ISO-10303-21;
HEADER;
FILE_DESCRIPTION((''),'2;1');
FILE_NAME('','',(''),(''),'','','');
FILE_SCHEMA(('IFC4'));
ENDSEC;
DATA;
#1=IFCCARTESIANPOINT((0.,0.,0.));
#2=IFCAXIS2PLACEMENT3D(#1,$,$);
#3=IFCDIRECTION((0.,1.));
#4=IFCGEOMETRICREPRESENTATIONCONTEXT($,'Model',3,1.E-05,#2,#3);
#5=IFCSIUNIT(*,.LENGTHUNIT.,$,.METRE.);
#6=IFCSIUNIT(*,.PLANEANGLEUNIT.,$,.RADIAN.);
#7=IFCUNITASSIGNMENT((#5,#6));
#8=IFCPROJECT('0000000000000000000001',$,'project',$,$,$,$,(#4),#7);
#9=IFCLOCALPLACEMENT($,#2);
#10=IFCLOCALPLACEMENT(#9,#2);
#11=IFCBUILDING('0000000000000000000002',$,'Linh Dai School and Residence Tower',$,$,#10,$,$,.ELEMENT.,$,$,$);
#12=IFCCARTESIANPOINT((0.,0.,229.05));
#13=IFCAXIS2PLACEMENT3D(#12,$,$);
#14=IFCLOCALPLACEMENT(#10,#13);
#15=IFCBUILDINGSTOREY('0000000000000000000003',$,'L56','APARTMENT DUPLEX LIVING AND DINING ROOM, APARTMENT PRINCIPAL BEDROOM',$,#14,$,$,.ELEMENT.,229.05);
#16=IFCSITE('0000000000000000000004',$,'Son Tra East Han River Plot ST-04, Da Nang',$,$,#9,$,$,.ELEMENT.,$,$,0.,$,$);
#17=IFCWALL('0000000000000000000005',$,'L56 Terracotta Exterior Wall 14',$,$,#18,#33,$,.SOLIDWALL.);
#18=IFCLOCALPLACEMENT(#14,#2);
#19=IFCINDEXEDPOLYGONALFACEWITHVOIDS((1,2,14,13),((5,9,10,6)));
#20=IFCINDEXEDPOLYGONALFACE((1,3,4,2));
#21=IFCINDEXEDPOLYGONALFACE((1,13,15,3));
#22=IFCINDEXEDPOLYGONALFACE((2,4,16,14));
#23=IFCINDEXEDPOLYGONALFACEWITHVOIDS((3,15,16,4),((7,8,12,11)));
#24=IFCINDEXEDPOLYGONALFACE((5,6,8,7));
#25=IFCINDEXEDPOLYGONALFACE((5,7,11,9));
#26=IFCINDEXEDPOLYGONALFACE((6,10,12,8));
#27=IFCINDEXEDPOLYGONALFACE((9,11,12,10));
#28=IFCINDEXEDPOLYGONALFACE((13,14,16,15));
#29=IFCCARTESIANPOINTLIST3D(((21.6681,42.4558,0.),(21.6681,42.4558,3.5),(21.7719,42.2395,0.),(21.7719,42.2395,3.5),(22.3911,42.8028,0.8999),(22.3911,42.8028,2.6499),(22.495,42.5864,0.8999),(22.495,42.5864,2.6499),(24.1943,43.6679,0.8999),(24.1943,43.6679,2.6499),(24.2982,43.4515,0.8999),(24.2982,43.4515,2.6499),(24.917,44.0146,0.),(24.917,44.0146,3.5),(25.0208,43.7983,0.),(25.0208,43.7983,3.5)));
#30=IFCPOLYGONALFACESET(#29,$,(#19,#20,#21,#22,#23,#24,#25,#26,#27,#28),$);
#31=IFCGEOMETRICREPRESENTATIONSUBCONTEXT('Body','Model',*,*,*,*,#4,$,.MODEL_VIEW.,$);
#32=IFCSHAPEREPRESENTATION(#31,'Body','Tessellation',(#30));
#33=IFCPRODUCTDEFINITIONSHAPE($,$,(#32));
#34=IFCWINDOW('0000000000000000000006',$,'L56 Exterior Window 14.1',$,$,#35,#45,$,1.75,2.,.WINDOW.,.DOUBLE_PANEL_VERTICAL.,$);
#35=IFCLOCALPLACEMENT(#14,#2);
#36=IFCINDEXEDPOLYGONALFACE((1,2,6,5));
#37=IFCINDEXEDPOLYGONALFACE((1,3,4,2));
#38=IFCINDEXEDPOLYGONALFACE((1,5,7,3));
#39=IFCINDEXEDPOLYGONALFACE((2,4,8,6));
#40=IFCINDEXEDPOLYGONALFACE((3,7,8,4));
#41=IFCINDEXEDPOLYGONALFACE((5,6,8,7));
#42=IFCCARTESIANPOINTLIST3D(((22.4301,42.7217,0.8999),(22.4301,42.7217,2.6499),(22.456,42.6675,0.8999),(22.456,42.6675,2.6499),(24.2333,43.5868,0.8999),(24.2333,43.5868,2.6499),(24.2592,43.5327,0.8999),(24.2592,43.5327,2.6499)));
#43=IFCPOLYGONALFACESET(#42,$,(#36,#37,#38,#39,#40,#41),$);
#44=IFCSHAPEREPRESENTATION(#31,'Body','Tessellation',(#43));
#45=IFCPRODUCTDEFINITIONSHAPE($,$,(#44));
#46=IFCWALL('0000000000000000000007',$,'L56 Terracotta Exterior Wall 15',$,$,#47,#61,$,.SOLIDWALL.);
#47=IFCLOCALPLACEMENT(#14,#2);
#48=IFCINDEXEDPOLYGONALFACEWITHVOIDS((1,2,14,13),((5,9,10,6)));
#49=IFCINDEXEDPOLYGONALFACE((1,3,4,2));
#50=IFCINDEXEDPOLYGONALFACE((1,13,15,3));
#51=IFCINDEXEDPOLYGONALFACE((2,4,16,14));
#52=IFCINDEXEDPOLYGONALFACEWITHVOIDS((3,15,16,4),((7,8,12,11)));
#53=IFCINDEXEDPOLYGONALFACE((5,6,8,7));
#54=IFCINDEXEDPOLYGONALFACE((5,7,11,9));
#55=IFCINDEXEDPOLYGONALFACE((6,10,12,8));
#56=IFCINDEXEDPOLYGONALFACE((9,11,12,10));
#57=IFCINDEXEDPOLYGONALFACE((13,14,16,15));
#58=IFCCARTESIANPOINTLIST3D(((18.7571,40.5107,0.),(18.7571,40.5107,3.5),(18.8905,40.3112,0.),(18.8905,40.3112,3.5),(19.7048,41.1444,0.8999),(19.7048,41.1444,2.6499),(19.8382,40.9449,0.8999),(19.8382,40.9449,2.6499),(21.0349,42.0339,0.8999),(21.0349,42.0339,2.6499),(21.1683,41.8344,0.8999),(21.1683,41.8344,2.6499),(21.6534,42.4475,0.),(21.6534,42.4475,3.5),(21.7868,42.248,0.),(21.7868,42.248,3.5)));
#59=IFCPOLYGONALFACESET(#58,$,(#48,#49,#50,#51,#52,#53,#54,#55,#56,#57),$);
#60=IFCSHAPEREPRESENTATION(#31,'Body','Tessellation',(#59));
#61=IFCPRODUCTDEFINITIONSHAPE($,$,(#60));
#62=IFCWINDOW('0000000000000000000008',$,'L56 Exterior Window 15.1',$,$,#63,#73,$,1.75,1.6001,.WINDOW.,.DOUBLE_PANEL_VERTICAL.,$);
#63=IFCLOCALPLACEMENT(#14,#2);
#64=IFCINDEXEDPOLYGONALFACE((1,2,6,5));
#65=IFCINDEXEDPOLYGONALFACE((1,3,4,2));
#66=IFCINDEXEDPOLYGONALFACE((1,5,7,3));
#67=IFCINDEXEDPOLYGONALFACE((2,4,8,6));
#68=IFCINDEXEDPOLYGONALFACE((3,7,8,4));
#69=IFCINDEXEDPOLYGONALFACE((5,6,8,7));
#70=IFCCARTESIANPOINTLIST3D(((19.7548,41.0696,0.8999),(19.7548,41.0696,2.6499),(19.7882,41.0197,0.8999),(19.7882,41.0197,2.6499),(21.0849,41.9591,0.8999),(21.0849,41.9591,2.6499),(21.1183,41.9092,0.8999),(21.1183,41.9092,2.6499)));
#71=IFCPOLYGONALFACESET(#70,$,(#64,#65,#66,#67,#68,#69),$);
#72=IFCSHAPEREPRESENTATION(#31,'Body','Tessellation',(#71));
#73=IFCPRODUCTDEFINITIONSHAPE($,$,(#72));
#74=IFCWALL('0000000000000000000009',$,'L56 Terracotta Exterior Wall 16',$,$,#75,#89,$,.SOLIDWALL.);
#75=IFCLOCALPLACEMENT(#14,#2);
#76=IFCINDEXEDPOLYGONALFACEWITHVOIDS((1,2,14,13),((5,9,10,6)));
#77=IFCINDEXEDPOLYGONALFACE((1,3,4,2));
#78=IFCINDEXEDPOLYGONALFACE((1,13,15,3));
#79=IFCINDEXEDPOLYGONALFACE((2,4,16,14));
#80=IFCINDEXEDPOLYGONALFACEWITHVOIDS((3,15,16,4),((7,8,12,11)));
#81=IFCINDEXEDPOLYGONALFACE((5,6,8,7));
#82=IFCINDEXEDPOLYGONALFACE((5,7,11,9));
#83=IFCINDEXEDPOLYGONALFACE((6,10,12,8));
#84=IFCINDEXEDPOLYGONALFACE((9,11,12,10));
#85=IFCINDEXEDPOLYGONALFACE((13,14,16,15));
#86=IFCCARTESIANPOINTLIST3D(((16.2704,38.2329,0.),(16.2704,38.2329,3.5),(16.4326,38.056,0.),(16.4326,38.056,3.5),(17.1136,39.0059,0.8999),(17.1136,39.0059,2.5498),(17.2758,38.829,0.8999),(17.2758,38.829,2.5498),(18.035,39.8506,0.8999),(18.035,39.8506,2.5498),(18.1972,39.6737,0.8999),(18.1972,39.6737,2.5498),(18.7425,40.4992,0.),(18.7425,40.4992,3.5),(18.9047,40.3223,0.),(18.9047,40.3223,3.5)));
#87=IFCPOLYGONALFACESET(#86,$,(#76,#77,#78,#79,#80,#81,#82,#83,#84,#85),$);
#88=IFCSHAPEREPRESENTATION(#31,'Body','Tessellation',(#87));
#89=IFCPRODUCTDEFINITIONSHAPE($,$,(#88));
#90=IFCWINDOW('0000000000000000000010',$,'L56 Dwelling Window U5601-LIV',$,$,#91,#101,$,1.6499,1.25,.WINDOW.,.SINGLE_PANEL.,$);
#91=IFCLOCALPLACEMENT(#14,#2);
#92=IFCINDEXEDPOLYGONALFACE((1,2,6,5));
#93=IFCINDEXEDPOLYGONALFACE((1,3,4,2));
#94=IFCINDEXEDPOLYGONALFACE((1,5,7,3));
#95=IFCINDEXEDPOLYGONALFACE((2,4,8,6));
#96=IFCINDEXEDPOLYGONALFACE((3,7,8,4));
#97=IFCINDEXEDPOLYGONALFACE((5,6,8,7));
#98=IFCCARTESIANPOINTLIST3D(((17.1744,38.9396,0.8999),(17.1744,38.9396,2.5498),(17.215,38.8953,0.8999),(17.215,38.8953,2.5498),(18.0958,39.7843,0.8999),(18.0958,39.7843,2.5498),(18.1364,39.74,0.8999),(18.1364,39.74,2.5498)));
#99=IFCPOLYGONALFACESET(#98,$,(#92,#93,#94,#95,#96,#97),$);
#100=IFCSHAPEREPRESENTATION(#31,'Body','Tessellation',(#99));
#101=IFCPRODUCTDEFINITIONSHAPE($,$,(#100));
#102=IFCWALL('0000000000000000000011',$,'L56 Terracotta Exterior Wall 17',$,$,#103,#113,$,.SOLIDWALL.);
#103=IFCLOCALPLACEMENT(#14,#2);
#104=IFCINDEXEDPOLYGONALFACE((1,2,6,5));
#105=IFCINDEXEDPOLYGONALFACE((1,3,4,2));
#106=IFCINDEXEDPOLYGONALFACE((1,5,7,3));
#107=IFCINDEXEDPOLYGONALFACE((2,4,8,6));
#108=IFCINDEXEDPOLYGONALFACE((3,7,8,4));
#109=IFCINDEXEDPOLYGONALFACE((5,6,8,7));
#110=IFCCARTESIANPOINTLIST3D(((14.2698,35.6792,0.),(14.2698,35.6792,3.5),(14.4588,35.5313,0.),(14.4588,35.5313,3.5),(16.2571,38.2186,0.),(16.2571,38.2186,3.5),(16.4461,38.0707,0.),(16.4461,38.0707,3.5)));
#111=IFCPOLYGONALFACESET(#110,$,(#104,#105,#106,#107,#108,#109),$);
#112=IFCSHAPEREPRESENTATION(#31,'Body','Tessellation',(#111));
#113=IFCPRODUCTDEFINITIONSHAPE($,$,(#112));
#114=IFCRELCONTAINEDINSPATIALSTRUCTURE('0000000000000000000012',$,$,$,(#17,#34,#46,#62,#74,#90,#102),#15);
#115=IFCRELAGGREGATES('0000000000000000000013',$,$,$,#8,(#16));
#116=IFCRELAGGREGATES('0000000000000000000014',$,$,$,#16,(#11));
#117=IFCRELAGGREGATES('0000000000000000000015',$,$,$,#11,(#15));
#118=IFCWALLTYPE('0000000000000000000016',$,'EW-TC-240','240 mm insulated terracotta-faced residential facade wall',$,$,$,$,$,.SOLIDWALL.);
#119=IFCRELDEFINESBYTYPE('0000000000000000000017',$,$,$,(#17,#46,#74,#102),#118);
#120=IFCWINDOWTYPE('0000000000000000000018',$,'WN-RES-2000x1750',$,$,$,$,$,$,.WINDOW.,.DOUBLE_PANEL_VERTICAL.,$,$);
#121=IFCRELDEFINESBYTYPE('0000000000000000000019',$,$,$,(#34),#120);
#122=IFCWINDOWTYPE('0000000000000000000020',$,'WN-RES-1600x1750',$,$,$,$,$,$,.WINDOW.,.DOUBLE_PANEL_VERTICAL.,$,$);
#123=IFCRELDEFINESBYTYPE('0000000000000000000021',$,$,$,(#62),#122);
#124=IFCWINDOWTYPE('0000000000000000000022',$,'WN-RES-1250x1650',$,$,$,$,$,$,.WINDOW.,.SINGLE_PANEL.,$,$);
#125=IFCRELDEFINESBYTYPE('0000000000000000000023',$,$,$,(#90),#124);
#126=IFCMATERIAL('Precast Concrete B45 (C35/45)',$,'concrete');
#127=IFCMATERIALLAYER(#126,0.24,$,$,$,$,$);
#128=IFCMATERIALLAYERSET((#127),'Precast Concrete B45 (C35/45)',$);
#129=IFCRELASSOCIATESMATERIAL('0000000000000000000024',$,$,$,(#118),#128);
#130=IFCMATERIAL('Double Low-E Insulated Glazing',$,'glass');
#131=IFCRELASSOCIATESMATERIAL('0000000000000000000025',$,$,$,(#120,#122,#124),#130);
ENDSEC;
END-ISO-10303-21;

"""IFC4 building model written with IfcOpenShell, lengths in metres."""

from ifc_helpers import new_model, si_unit, direction, frame, frame_2d, origin, origin_2d, place, context, subcontext, project, spatial, rectangle, extrude, source, transform, mapped, material, layer, layer_set, type_object, element, fill, save


model = new_model("IFC4")

# Units and contexts
model_context = context("Model", 3, precision=1e-05, world=origin(), true_north=direction((0.0, 1.0)))
body_context = subcontext(model_context, "Body", "Model", "MODEL_VIEW")
ifc_project = project(units=[si_unit("LENGTHUNIT", "METRE"), si_unit("PLANEANGLEUNIT", "RADIAN")], contexts=[model_context])

# Site, building, storey
site_placement = place(None, origin())
site = spatial("IfcSite", under=ifc_project, at=site_placement, Name="Son Tra East Han River Plot ST-04, Da Nang", CompositionType="ELEMENT", RefElevation=0.0)
building_placement = place(site_placement, origin())
building = spatial("IfcBuilding", under=site, at=building_placement, Name="Linh Dai School and Residence Tower", CompositionType="ELEMENT")
storey_placement = place(building_placement, frame((0.0, 0.0, 229.05)))
storey = spatial("IfcBuildingStorey", under=building, at=storey_placement, Name="L56", Description="APARTMENT DUPLEX LIVING AND DINING ROOM, APARTMENT PRINCIPAL BEDROOM", CompositionType="ELEMENT", Elevation=229.05)

# Shared definitions
ifc_material_1 = material(Name="Precast Concrete B45 (C35/45)", Category="concrete")

# Shared definitions
ifc_layer_1 = layer(ifc_material_1, 0.24)
ifc_layer_set_1 = layer_set([ifc_layer_1], Name="Precast Concrete B45 (C35/45)")
wall_type_1 = type_object("IfcWallType", Name="EW-TC-240", Description="240 mm insulated terracotta-faced residential facade wall", PredefinedType="SOLIDWALL", material=ifc_layer_set_1)

# Walls, openings, windows
wall_1_placement = place(storey_placement, frame((21.72, 42.3477, 0.0), z_axis=(0.0, 0.0, 1.0), x_axis=(0.901598, 0.432575, 0.0)))
wall_1 = element("IfcWall", 1, at=wall_1_placement, inside=storey, type_object=wall_type_1, Name="L56 Terracotta Exterior Wall 14", PredefinedType="SOLIDWALL", context=body_context, shape_type="SweptSolid", body=[
    extrude(rectangle(XDim=3.6035, YDim=0.24, at=frame_2d((1.8018, 0.0))), origin(), (0.0, 0.0, 1.0), 3.5),
])
opening_1_placement = place(wall_1_placement, frame((0.802, 0.0, 0.8999)))
opening_1 = element("IfcOpeningElement", 2, at=opening_1_placement, cuts=wall_1, PredefinedType="OPENING", context=body_context, shape_type="SweptSolid", body=[
    extrude(rectangle(XDim=2.0, YDim=1.75, at=origin_2d()), frame((1.0, 0.1299, 0.875), z_axis=(0.0, -1.0, 0.0), x_axis=(1.0, 0.0, 0.0)), (0.0, 0.0, 1.0), 0.26),
])
ifc_material_2 = material(Name="Double Low-E Insulated Glazing", Category="glass")
window_type_1 = type_object("IfcWindowType", Name="WN-RES-2000x1750", PartitioningType="DOUBLE_PANEL_VERTICAL", PredefinedType="WINDOW", material=ifc_material_2)
shared_shape_1 = source(origin(), body_context, "Body", "SweptSolid", [
    extrude(rectangle(XDim=2.0, YDim=1.75, at=origin_2d()), frame((1.0, 0.03, 0.875), z_axis=(0.0, -1.0, 0.0), x_axis=(1.0, 0.0, 0.0)), (0.0, 0.0, 1.0), 0.0601),
])
window_1_placement = place(opening_1_placement, origin())
window_1 = element("IfcWindow", 3, at=window_1_placement, inside=storey, type_object=window_type_1, Name="L56 Exterior Window 14.1", OverallHeight=1.75, OverallWidth=2.0, PartitioningType="DOUBLE_PANEL_VERTICAL", PredefinedType="WINDOW", context=body_context, shape_type="MappedRepresentation", body=[
    mapped(shared_shape_1, transform((0.0, 0.0, 0.0), x_axis=(1.0, 0.0, 0.0), y_axis=(0.0, 1.0, 0.0), z_axis=(0.0, 0.0, 1.0), scale=1.0)),
])
fill(opening_1, window_1)
wall_2_placement = place(storey_placement, frame((18.8237, 40.4109, 0.0), z_axis=(0.0, 0.0, 1.0), x_axis=(0.831262, 0.55588, 0.0)))
wall_2 = element("IfcWall", 4, at=wall_2_placement, inside=storey, type_object=wall_type_1, Name="L56 Terracotta Exterior Wall 15", PredefinedType="SOLIDWALL", context=body_context, shape_type="SweptSolid", body=[
    extrude(rectangle(XDim=3.4841, YDim=0.24, at=frame_2d((1.7422, 0.0))), origin(), (0.0, 0.0, 1.0), 3.5),
])
opening_2_placement = place(wall_2_placement, frame((1.1401, 0.0, 0.8999)))
opening_2 = element("IfcOpeningElement", 5, at=opening_2_placement, cuts=wall_2, PredefinedType="OPENING", context=body_context, shape_type="SweptSolid", body=[
    extrude(rectangle(XDim=1.6001, YDim=1.75, at=origin_2d()), frame((0.8, 0.1299, 0.875), z_axis=(0.0, -1.0, 0.0), x_axis=(1.0, 0.0, 0.0)), (0.0, 0.0, 1.0), 0.26),
])
window_type_2 = type_object("IfcWindowType", Name="WN-RES-1600x1750", PartitioningType="DOUBLE_PANEL_VERTICAL", PredefinedType="WINDOW", material=ifc_material_2)
shared_shape_2 = source(origin(), body_context, "Body", "SweptSolid", [
    extrude(rectangle(XDim=1.6001, YDim=1.75, at=origin_2d()), frame((0.8, 0.03, 0.875), z_axis=(0.0, -1.0, 0.0), x_axis=(1.0, 0.0, 0.0)), (0.0, 0.0, 1.0), 0.0601),
])
window_2_placement = place(opening_2_placement, origin())
window_2 = element("IfcWindow", 6, at=window_2_placement, inside=storey, type_object=window_type_2, Name="L56 Exterior Window 15.1", OverallHeight=1.75, OverallWidth=1.6001, PartitioningType="DOUBLE_PANEL_VERTICAL", PredefinedType="WINDOW", context=body_context, shape_type="MappedRepresentation", body=[
    mapped(shared_shape_2, transform((0.0, 0.0, 0.0), x_axis=(1.0, 0.0, 0.0), y_axis=(0.0, 1.0, 0.0), z_axis=(0.0, 0.0, 1.0), scale=1.0)),
])
fill(opening_2, window_2)
wall_3_placement = place(storey_placement, frame((16.3516, 38.1445, 0.0), z_axis=(0.0, 0.0, 1.0), x_axis=(0.737124, 0.675758, 0.0)))
wall_3 = element("IfcWall", 7, at=wall_3_placement, inside=storey, type_object=wall_type_1, Name="L56 Terracotta Exterior Wall 16", PredefinedType="SOLIDWALL", context=body_context, shape_type="SweptSolid", body=[
    extrude(rectangle(XDim=3.3538, YDim=0.24, at=frame_2d((1.6768, 0.0))), origin(), (0.0, 0.0, 1.0), 3.5),
])
opening_3_placement = place(wall_3_placement, frame((1.1438, 0.0, 0.8999)))
opening_3 = element("IfcOpeningElement", 8, at=opening_3_placement, cuts=wall_3, PredefinedType="OPENING", context=body_context, shape_type="SweptSolid", body=[
    extrude(rectangle(XDim=1.25, YDim=1.6499, at=origin_2d()), frame((0.625, 0.1299, 0.825), z_axis=(0.0, -1.0, 0.0), x_axis=(1.0, 0.0, 0.0)), (0.0, 0.0, 1.0), 0.26),
])
window_type_3 = type_object("IfcWindowType", Name="WN-RES-1250x1650", PartitioningType="SINGLE_PANEL", PredefinedType="WINDOW", material=ifc_material_2)
shared_shape_3 = source(origin(), body_context, "Body", "SweptSolid", [
    extrude(rectangle(XDim=1.25, YDim=1.6499, at=origin_2d()), frame((0.625, 0.03, 0.825), z_axis=(0.0, -1.0, 0.0), x_axis=(1.0, 0.0, 0.0)), (0.0, 0.0, 1.0), 0.0601),
])
window_3_placement = place(opening_3_placement, origin())
window_3 = element("IfcWindow", 9, at=window_3_placement, inside=storey, type_object=window_type_3, Name="L56 Dwelling Window U5601-LIV", OverallHeight=1.6499, OverallWidth=1.25, PartitioningType="SINGLE_PANEL", PredefinedType="WINDOW", context=body_context, shape_type="MappedRepresentation", body=[
    mapped(shared_shape_3, transform((0.0, 0.0, 0.0), x_axis=(1.0, 0.0, 0.0), y_axis=(0.0, 1.0, 0.0), z_axis=(0.0, 0.0, 1.0), scale=1.0)),
])
fill(opening_3, window_3)

# Wall
wall_4_placement = place(storey_placement, frame((14.3643, 35.6052, 0.0), z_axis=(0.0, 0.0, 1.0), x_axis=(0.616312, 0.787502, 0.0)))
element("IfcWall", 10, at=wall_4_placement, inside=storey, type_object=wall_type_1, Name="L56 Terracotta Exterior Wall 17", PredefinedType="SOLIDWALL", context=body_context, shape_type="SweptSolid", body=[
    extrude(rectangle(XDim=3.2246, YDim=0.24, at=frame_2d((1.6123, 0.0))), origin(), (0.0, 0.0, 1.0), 3.5),
])

save(model, "model.ifc")
